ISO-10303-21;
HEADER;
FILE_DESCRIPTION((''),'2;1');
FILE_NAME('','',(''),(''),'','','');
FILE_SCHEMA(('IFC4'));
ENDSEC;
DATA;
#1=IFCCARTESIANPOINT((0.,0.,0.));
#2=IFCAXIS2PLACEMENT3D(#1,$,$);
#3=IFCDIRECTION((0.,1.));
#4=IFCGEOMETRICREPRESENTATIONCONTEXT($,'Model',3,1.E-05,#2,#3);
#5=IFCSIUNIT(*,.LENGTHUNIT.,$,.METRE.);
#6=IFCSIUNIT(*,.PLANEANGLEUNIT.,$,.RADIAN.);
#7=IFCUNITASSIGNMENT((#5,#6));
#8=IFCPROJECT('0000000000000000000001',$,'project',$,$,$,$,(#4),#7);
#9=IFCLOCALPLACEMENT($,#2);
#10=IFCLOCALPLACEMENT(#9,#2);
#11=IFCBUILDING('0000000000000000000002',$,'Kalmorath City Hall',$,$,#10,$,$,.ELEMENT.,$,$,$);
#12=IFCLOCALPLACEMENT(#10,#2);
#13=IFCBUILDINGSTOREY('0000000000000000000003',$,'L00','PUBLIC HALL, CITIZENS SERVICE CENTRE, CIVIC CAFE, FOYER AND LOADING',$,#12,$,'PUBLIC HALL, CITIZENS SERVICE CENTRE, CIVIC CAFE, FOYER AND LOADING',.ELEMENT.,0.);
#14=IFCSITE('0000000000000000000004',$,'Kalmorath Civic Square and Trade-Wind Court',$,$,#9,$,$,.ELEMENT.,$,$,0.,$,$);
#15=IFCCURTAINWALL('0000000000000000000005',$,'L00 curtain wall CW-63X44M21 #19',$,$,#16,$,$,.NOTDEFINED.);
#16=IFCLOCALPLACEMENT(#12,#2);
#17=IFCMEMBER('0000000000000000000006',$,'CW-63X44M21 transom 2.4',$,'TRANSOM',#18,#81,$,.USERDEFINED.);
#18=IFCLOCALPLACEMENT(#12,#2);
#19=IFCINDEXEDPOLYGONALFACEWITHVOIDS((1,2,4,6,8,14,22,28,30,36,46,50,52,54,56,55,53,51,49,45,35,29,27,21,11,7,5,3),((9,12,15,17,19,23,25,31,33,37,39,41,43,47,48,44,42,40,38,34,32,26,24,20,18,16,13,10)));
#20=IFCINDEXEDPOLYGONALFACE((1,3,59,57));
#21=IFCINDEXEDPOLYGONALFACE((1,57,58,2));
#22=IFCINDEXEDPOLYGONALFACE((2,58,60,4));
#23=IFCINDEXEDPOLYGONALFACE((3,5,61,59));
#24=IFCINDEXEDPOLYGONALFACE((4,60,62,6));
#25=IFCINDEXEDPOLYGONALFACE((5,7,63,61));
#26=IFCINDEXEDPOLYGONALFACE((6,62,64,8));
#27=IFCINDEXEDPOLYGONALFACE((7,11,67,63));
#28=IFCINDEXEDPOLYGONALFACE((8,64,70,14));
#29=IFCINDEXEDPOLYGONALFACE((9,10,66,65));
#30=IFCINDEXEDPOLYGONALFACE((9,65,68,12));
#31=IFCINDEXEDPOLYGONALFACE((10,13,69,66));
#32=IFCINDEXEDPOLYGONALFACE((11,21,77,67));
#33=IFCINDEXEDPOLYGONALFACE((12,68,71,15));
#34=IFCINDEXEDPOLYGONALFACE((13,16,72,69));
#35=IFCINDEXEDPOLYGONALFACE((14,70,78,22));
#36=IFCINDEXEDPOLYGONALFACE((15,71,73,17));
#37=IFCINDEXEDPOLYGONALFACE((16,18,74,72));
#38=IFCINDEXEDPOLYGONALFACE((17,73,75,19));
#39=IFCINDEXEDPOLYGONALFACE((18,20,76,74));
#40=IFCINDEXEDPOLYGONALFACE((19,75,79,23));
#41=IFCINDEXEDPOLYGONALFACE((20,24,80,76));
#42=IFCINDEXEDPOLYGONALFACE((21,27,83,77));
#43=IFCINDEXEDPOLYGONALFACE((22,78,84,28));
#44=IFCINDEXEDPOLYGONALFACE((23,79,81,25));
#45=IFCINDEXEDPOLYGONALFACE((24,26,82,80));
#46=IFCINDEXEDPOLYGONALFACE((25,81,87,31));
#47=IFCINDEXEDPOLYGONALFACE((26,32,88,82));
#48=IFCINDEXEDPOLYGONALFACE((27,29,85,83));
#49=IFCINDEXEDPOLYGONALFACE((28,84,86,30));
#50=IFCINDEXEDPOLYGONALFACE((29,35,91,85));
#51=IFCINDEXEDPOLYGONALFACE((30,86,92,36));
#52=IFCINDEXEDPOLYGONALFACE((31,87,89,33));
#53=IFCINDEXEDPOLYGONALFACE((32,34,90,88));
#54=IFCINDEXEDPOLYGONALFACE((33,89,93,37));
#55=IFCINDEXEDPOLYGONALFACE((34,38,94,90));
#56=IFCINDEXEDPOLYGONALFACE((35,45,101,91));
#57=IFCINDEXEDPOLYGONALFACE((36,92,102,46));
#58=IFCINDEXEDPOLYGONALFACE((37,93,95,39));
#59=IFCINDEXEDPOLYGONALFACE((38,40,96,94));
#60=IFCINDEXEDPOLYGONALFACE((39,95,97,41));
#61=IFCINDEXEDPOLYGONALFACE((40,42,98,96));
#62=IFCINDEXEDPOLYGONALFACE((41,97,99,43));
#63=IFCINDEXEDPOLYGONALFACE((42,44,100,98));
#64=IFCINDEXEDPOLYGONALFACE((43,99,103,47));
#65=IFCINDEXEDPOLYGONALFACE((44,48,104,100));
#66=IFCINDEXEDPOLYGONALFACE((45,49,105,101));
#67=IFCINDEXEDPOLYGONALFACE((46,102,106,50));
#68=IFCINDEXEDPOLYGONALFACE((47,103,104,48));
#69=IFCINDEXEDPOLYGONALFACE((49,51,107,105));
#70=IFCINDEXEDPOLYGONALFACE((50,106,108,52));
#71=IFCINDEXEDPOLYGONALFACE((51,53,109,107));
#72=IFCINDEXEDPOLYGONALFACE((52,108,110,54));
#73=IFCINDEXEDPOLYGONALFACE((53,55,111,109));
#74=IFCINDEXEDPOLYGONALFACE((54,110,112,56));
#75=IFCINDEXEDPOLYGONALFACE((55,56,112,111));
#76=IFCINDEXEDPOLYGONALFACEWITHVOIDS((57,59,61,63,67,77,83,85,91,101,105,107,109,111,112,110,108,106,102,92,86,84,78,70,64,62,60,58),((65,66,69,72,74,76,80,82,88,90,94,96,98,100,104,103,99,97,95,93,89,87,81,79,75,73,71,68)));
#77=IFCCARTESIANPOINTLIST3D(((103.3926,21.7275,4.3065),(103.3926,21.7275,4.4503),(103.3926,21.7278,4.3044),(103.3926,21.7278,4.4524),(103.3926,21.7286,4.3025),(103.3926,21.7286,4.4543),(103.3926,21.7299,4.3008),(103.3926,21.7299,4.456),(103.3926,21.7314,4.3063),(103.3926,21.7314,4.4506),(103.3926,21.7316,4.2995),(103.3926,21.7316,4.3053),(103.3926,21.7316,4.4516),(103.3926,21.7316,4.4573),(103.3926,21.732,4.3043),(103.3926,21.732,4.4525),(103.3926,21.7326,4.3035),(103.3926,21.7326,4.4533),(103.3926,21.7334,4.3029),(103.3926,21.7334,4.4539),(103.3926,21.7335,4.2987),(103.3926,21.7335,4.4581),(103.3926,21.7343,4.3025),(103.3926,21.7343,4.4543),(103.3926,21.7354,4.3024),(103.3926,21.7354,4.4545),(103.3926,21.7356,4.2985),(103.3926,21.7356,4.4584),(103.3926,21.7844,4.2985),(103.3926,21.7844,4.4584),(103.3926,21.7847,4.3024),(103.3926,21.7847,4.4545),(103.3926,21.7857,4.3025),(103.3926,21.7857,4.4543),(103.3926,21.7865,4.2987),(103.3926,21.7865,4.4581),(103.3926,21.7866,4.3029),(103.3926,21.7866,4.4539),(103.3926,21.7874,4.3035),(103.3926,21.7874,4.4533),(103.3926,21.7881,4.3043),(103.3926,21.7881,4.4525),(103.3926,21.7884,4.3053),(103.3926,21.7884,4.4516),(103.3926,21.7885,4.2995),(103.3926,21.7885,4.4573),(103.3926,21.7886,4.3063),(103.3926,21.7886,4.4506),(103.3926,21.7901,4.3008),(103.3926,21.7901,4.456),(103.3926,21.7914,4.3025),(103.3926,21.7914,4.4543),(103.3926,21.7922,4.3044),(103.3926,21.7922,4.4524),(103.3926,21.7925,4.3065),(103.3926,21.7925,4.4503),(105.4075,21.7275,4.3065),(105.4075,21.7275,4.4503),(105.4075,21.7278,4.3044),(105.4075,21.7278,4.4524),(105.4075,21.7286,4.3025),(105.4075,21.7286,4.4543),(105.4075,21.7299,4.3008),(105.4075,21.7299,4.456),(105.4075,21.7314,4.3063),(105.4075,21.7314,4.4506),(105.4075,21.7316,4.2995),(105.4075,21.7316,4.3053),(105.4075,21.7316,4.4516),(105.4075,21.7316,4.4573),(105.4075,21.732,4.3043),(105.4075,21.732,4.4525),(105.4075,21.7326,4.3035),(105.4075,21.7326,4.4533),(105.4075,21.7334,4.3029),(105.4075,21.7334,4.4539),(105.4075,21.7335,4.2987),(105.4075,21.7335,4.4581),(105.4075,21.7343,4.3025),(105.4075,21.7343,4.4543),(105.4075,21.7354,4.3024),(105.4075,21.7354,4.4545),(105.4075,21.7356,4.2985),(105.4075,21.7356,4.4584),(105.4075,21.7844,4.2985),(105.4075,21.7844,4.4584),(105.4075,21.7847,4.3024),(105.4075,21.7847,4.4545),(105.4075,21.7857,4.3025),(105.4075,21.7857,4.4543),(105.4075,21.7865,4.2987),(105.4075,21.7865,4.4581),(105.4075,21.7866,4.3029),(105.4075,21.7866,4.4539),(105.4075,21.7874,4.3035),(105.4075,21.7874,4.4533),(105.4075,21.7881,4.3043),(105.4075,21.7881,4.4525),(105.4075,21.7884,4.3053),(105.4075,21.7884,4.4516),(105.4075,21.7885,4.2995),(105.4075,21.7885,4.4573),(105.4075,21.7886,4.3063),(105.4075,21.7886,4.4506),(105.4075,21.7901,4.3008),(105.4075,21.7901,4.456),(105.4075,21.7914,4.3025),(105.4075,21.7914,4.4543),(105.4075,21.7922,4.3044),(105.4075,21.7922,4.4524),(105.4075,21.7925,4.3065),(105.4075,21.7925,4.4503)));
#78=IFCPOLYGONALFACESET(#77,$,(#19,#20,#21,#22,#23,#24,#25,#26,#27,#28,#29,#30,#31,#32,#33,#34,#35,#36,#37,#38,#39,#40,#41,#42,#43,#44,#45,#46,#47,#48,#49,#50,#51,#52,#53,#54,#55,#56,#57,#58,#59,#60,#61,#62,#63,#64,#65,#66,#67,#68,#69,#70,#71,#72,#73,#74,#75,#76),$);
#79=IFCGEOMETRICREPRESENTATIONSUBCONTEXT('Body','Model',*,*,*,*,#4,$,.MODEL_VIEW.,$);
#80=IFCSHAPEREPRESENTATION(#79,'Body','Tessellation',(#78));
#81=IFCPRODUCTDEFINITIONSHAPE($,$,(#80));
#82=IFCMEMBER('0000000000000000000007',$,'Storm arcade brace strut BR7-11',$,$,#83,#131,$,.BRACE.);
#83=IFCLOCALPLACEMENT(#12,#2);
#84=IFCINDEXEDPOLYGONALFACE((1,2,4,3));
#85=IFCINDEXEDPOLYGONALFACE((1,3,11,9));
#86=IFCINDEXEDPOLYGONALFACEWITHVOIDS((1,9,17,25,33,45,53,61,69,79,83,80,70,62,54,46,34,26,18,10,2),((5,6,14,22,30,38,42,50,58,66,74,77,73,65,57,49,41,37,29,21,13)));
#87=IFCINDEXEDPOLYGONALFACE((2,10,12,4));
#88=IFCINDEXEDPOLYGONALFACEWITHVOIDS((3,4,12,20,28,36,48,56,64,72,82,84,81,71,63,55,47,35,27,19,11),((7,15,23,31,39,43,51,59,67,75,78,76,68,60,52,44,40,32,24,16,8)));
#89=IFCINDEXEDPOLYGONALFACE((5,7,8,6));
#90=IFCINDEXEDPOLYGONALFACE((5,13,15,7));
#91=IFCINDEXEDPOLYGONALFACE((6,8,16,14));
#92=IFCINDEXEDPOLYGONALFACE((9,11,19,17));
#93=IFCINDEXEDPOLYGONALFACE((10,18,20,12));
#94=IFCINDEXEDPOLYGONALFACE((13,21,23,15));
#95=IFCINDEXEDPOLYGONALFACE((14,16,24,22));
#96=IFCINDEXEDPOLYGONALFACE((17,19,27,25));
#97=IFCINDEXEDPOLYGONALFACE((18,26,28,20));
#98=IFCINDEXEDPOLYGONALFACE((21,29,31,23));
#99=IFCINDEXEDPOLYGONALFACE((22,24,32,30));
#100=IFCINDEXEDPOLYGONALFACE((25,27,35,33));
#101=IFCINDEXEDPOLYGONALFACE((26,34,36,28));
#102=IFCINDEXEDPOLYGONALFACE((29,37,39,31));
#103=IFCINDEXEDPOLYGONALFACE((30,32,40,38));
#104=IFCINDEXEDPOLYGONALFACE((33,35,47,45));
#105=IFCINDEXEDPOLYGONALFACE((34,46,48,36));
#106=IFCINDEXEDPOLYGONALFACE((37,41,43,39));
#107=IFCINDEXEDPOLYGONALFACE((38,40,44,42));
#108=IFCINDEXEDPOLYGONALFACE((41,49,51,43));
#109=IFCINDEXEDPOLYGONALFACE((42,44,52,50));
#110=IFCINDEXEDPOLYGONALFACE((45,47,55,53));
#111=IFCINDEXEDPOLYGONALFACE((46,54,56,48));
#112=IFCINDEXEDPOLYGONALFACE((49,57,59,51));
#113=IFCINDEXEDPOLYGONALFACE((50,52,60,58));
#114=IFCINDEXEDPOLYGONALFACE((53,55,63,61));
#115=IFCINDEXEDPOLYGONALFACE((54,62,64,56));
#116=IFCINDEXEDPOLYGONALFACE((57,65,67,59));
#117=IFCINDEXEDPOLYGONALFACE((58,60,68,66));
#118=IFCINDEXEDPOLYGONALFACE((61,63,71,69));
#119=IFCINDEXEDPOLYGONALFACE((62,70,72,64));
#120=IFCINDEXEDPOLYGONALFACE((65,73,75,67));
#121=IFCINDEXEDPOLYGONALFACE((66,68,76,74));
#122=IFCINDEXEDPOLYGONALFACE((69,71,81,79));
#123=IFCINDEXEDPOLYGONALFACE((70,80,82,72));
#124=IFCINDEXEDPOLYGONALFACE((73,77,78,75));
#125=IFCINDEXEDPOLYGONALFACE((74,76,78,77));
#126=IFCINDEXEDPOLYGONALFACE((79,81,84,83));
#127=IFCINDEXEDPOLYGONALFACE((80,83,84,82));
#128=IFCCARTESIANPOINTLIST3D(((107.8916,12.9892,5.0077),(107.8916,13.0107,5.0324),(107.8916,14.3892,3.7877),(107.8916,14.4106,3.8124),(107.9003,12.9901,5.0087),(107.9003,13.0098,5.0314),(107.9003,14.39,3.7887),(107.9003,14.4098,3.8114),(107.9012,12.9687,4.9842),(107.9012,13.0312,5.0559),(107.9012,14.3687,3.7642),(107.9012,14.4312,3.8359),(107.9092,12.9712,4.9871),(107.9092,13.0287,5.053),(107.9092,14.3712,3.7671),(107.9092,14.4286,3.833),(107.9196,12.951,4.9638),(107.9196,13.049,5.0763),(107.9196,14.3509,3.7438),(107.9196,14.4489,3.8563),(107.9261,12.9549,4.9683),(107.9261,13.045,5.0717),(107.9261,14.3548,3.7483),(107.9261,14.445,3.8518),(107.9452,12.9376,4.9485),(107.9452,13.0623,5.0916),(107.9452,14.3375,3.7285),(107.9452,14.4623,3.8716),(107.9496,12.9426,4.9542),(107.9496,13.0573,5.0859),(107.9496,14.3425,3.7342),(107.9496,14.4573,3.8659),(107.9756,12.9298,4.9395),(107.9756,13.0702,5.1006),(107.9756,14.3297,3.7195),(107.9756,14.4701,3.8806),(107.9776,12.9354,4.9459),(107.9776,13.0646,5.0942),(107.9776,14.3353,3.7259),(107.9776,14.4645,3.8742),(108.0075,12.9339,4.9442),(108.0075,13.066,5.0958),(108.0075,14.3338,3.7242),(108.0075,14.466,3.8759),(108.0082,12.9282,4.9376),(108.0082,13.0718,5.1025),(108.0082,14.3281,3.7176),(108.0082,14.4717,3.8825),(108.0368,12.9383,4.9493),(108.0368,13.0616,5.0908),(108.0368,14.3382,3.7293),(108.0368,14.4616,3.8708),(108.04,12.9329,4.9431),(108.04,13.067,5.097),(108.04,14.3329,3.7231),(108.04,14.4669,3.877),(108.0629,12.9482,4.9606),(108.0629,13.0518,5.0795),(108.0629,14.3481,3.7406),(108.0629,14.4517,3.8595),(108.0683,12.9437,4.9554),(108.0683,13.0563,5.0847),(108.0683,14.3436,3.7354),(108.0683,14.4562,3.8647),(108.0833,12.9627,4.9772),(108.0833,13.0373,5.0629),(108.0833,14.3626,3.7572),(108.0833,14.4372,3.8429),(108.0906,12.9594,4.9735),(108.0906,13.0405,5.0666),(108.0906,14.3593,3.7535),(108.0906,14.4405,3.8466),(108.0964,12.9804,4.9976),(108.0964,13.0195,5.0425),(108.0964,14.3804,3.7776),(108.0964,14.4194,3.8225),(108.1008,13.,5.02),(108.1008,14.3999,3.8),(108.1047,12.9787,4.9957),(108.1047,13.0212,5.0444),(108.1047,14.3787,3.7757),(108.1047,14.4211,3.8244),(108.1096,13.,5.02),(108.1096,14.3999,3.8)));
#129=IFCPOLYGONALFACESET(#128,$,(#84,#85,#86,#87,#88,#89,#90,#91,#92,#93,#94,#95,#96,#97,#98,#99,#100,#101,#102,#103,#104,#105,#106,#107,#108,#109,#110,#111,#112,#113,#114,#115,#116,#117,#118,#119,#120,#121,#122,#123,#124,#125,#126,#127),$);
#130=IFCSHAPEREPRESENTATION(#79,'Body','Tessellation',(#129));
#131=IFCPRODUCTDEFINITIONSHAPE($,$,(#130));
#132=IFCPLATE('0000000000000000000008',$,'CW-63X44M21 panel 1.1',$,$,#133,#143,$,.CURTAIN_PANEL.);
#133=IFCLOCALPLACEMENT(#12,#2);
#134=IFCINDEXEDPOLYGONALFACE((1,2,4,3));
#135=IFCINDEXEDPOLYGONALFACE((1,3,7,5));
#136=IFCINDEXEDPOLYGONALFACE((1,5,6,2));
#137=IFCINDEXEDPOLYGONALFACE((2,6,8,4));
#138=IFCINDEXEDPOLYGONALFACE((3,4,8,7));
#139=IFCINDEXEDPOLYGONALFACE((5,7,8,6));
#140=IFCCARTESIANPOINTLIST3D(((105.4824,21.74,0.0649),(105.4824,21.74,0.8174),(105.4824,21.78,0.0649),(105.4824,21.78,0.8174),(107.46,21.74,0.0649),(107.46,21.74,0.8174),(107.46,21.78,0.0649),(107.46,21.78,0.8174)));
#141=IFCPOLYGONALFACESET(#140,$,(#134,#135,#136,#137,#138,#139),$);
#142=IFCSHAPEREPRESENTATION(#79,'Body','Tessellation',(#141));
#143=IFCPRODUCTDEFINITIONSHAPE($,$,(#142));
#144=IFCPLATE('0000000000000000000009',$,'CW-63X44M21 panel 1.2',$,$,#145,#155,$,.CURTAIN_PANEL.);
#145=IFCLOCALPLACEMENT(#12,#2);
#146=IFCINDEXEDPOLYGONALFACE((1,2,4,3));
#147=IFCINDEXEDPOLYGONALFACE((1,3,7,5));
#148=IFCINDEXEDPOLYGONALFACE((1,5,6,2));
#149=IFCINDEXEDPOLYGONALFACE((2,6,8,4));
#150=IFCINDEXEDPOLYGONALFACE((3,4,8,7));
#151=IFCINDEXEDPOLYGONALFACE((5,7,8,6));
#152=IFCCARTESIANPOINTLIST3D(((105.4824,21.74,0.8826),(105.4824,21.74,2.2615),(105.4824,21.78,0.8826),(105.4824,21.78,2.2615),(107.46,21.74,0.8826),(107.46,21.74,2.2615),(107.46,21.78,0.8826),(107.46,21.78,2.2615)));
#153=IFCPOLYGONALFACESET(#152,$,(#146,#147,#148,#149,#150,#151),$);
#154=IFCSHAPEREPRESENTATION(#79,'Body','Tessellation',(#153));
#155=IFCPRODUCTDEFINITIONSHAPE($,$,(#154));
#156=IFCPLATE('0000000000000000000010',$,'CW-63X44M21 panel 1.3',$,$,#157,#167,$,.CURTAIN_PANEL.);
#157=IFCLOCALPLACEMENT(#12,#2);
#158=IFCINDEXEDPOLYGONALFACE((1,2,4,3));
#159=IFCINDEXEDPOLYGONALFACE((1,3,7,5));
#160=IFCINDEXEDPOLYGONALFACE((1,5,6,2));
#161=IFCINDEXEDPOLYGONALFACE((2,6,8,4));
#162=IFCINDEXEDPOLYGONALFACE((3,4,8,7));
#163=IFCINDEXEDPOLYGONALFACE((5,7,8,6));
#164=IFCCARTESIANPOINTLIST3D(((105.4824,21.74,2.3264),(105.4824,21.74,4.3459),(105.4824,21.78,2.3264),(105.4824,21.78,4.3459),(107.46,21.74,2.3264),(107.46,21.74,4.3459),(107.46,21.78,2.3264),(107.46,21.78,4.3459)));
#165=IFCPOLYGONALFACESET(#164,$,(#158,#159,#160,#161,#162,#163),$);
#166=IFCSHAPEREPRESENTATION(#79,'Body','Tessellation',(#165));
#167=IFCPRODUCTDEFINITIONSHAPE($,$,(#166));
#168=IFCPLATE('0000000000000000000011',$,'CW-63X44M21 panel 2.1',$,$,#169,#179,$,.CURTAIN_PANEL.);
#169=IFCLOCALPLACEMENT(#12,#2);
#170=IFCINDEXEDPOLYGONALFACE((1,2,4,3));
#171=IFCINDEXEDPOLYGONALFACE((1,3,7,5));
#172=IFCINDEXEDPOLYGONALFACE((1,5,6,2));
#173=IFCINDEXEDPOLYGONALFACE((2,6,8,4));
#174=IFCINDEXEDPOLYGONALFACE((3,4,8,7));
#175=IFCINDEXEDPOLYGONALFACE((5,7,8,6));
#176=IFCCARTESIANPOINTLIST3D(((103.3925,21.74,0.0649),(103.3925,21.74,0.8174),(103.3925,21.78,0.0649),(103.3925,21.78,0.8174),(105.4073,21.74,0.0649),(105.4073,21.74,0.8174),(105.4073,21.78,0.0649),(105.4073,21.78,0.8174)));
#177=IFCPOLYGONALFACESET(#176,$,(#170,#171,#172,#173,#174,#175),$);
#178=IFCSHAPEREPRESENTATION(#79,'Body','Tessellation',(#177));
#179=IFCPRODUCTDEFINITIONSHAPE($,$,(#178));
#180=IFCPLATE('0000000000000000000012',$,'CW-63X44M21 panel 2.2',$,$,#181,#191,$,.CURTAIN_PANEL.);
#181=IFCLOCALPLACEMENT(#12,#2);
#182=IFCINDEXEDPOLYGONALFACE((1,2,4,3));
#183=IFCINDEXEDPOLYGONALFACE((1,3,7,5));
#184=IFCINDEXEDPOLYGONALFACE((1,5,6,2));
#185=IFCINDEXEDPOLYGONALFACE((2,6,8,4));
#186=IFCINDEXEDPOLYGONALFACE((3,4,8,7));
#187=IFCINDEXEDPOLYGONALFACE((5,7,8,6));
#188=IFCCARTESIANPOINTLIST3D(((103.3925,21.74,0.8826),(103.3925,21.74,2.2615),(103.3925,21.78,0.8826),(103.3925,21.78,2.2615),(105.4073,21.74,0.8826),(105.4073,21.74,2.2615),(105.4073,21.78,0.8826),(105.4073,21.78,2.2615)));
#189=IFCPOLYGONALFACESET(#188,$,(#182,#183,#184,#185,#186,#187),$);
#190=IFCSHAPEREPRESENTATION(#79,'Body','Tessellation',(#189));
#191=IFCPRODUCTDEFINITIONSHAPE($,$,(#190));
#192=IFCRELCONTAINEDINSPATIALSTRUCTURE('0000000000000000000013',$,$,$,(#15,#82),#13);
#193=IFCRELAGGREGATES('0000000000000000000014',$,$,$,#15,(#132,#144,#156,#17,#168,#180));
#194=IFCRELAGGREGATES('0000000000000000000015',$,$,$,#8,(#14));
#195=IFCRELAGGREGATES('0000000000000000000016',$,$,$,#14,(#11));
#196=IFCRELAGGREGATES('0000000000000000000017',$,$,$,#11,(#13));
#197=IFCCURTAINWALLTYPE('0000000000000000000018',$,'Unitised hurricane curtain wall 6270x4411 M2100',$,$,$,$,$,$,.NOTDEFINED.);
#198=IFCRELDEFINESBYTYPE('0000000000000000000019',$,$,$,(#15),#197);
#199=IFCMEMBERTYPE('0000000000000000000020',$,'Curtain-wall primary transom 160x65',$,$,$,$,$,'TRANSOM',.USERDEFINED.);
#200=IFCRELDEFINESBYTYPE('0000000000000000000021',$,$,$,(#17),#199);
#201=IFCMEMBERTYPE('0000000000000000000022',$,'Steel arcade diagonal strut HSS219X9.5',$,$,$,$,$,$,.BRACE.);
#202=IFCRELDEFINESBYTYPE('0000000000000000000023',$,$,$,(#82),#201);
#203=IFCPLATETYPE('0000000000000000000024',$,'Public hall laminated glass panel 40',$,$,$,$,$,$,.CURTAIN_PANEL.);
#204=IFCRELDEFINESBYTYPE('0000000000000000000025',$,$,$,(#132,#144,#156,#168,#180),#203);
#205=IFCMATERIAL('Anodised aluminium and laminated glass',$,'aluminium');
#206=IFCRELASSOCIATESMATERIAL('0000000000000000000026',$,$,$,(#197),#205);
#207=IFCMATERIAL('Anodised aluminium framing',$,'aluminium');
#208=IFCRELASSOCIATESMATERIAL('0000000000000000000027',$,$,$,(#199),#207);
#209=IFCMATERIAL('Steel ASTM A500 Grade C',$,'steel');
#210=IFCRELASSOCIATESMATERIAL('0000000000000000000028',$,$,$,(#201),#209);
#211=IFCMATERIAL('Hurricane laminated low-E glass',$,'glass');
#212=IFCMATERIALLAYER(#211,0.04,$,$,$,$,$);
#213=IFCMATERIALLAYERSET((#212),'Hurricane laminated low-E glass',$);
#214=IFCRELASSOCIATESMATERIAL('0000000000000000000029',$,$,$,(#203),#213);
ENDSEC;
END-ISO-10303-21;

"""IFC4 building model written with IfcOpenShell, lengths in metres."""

from ifc_helpers import new_model, si_unit, direction, frame, origin, origin_2d, place, context, subcontext, project, spatial, rectangle, hollow_rectangle, hollow_circle, extrude, material, layer, layer_set, material_profile, profile_set, type_object, element, aggregate, save


model = new_model("IFC4")

# Units and contexts
model_context = context("Model", 3, precision=1e-05, world=origin(), true_north=direction((0.0, 1.0)))
body_context = subcontext(model_context, "Body", "Model", "MODEL_VIEW")
ifc_project = project(units=[si_unit("LENGTHUNIT", "METRE"), si_unit("PLANEANGLEUNIT", "RADIAN")], contexts=[model_context])

# Site, building, storey
site_placement = place(None, origin())
site = spatial("IfcSite", under=ifc_project, at=site_placement, Name="Kalmorath Civic Square and Trade-Wind Court", CompositionType="ELEMENT", RefElevation=0.0)
building_placement = place(site_placement, origin())
building = spatial("IfcBuilding", under=site, at=building_placement, Name="Kalmorath City Hall", CompositionType="ELEMENT")
storey_placement = place(building_placement, origin())
storey = spatial("IfcBuildingStorey", under=building, at=storey_placement, Name="L00", Description="PUBLIC HALL, CITIZENS SERVICE CENTRE, CIVIC CAFE, FOYER AND LOADING", LongName="PUBLIC HALL, CITIZENS SERVICE CENTRE, CIVIC CAFE, FOYER AND LOADING", CompositionType="ELEMENT", Elevation=0.0)

# Curtain wall, member
ifc_material_1 = material(Name="Anodised aluminium and laminated glass", Category="aluminium")
curtain_wall_type = type_object("IfcCurtainWallType", Name="Unitised hurricane curtain wall 6270x4411 M2100", PredefinedType="NOTDEFINED", material=ifc_material_1)
curtain_wall_placement = place(storey_placement, origin())
curtain_wall = element("IfcCurtainWall", 1, at=curtain_wall_placement, inside=storey, type_object=curtain_wall_type, Name="L00 curtain wall CW-63X44M21 #19", PredefinedType="NOTDEFINED")
ifc_material_2 = material(Name="Anodised aluminium framing", Category="aluminium")
ifc_material_profile_1 = material_profile(ifc_material_2, hollow_rectangle(XDim=0.0649, YDim=0.1599, WallThickness=0.0039, InnerFilletRadius=0.0039, OuterFilletRadius=0.0081, at=origin_2d()), Name="ALU-TRN-160X65X4")
ifc_profile_set_1 = profile_set([ifc_material_profile_1], Name="Anodised aluminium framing")
member_type_1 = type_object("IfcMemberType", Name="Curtain-wall primary transom 160x65", ElementType="TRANSOM", PredefinedType="USERDEFINED", material=ifc_profile_set_1)
member_1_placement = place(storey_placement, frame((105.4075, 21.76, 4.3784), z_axis=(-1.0, 0.0, 0.0), x_axis=(0.0, -1.0, 0.0)))
member_1 = element("IfcMember", 2, at=member_1_placement, type_object=member_type_1, Name="CW-63X44M21 transom 2.4", ObjectType="TRANSOM", PredefinedType="USERDEFINED", context=body_context, shape_type="SweptSolid", body=[
    extrude(hollow_rectangle(XDim=0.0649, YDim=0.1599, WallThickness=0.0039, InnerFilletRadius=0.0039, OuterFilletRadius=0.0081, at=origin_2d()), origin(), (0.0, 0.0, 1.0), 2.0149),
])

# Member
ifc_material_3 = material(Name="Steel ASTM A500 Grade C", Category="steel")
ifc_material_profile_2 = material_profile(ifc_material_3, hollow_circle(Radius=0.1096, WallThickness=0.0088, at=origin_2d()), Name="HSS219X9.5")
ifc_profile_set_2 = profile_set([ifc_material_profile_2], Name="Steel ASTM A500 Grade C")
member_type_2 = type_object("IfcMemberType", Name="Steel arcade diagonal strut HSS219X9.5", PredefinedType="BRACE", material=ifc_profile_set_2)
member_2_placement = place(storey_placement, frame((108.0, 14.3999, 3.8), z_axis=(0.0, -0.753895, 0.656995), x_axis=(1.0, 0.0, 0.0)))
element("IfcMember", 3, at=member_2_placement, inside=storey, type_object=member_type_2, Name="Storm arcade brace strut BR7-11", PredefinedType="BRACE", context=body_context, shape_type="SweptSolid", body=[
    extrude(hollow_circle(Radius=0.1096, WallThickness=0.0088, at=origin_2d()), origin(), (0.0, 0.0, 1.0), 1.8569),
])

# Plates
ifc_material_4 = material(Name="Hurricane laminated low-E glass", Category="glass")
ifc_layer_1 = layer(ifc_material_4, 0.04)
ifc_layer_set_1 = layer_set([ifc_layer_1], Name="Hurricane laminated low-E glass")
plate_type_1 = type_object("IfcPlateType", Name="Public hall laminated glass panel 40", PredefinedType="CURTAIN_PANEL", material=ifc_layer_set_1)
plate_1_placement = place(storey_placement, frame((106.4712, 21.76, 0.0649), z_axis=(0.0, 0.0, 1.0), x_axis=(-1.0, 0.0, 0.0)))
plate_1 = element("IfcPlate", 4, at=plate_1_placement, type_object=plate_type_1, Name="CW-63X44M21 panel 1.1", PredefinedType="CURTAIN_PANEL", context=body_context, shape_type="SweptSolid", body=[
    extrude(rectangle(XDim=1.9775, YDim=0.04, at=origin_2d()), origin(), (0.0, 0.0, 1.0), 0.7524),
])
plate_2_placement = place(storey_placement, frame((106.4712, 21.76, 0.8826), z_axis=(0.0, 0.0, 1.0), x_axis=(-1.0, 0.0, 0.0)))
plate_2 = element("IfcPlate", 5, at=plate_2_placement, type_object=plate_type_1, Name="CW-63X44M21 panel 1.2", PredefinedType="CURTAIN_PANEL", context=body_context, shape_type="SweptSolid", body=[
    extrude(rectangle(XDim=1.9775, YDim=0.04, at=origin_2d()), origin(), (0.0, 0.0, 1.0), 1.3789),
])
plate_3_placement = place(storey_placement, frame((106.4712, 21.76, 2.3264), z_axis=(0.0, 0.0, 1.0), x_axis=(-1.0, 0.0, 0.0)))
plate_3 = element("IfcPlate", 6, at=plate_3_placement, type_object=plate_type_1, Name="CW-63X44M21 panel 1.3", PredefinedType="CURTAIN_PANEL", context=body_context, shape_type="SweptSolid", body=[
    extrude(rectangle(XDim=1.9775, YDim=0.04, at=origin_2d()), origin(), (0.0, 0.0, 1.0), 2.0195),
])
plate_4_placement = place(storey_placement, frame((104.3999, 21.76, 0.0649), z_axis=(0.0, 0.0, 1.0), x_axis=(-1.0, 0.0, 0.0)))
plate_4 = element("IfcPlate", 7, at=plate_4_placement, type_object=plate_type_1, Name="CW-63X44M21 panel 2.1", PredefinedType="CURTAIN_PANEL", context=body_context, shape_type="SweptSolid", body=[
    extrude(rectangle(XDim=2.0149, YDim=0.04, at=origin_2d()), origin(), (0.0, 0.0, 1.0), 0.7524),
])
plate_5_placement = place(storey_placement, frame((104.3999, 21.76, 0.8826), z_axis=(0.0, 0.0, 1.0), x_axis=(-1.0, 0.0, 0.0)))
plate_5 = element("IfcPlate", 8, at=plate_5_placement, type_object=plate_type_1, Name="CW-63X44M21 panel 2.2", PredefinedType="CURTAIN_PANEL", context=body_context, shape_type="SweptSolid", body=[
    extrude(rectangle(XDim=2.0149, YDim=0.04, at=origin_2d()), origin(), (0.0, 0.0, 1.0), 1.3789),
])
aggregate(curtain_wall, [plate_1, plate_2, plate_3, member_1, plate_4, plate_5])

save(model, "model.ifc")
